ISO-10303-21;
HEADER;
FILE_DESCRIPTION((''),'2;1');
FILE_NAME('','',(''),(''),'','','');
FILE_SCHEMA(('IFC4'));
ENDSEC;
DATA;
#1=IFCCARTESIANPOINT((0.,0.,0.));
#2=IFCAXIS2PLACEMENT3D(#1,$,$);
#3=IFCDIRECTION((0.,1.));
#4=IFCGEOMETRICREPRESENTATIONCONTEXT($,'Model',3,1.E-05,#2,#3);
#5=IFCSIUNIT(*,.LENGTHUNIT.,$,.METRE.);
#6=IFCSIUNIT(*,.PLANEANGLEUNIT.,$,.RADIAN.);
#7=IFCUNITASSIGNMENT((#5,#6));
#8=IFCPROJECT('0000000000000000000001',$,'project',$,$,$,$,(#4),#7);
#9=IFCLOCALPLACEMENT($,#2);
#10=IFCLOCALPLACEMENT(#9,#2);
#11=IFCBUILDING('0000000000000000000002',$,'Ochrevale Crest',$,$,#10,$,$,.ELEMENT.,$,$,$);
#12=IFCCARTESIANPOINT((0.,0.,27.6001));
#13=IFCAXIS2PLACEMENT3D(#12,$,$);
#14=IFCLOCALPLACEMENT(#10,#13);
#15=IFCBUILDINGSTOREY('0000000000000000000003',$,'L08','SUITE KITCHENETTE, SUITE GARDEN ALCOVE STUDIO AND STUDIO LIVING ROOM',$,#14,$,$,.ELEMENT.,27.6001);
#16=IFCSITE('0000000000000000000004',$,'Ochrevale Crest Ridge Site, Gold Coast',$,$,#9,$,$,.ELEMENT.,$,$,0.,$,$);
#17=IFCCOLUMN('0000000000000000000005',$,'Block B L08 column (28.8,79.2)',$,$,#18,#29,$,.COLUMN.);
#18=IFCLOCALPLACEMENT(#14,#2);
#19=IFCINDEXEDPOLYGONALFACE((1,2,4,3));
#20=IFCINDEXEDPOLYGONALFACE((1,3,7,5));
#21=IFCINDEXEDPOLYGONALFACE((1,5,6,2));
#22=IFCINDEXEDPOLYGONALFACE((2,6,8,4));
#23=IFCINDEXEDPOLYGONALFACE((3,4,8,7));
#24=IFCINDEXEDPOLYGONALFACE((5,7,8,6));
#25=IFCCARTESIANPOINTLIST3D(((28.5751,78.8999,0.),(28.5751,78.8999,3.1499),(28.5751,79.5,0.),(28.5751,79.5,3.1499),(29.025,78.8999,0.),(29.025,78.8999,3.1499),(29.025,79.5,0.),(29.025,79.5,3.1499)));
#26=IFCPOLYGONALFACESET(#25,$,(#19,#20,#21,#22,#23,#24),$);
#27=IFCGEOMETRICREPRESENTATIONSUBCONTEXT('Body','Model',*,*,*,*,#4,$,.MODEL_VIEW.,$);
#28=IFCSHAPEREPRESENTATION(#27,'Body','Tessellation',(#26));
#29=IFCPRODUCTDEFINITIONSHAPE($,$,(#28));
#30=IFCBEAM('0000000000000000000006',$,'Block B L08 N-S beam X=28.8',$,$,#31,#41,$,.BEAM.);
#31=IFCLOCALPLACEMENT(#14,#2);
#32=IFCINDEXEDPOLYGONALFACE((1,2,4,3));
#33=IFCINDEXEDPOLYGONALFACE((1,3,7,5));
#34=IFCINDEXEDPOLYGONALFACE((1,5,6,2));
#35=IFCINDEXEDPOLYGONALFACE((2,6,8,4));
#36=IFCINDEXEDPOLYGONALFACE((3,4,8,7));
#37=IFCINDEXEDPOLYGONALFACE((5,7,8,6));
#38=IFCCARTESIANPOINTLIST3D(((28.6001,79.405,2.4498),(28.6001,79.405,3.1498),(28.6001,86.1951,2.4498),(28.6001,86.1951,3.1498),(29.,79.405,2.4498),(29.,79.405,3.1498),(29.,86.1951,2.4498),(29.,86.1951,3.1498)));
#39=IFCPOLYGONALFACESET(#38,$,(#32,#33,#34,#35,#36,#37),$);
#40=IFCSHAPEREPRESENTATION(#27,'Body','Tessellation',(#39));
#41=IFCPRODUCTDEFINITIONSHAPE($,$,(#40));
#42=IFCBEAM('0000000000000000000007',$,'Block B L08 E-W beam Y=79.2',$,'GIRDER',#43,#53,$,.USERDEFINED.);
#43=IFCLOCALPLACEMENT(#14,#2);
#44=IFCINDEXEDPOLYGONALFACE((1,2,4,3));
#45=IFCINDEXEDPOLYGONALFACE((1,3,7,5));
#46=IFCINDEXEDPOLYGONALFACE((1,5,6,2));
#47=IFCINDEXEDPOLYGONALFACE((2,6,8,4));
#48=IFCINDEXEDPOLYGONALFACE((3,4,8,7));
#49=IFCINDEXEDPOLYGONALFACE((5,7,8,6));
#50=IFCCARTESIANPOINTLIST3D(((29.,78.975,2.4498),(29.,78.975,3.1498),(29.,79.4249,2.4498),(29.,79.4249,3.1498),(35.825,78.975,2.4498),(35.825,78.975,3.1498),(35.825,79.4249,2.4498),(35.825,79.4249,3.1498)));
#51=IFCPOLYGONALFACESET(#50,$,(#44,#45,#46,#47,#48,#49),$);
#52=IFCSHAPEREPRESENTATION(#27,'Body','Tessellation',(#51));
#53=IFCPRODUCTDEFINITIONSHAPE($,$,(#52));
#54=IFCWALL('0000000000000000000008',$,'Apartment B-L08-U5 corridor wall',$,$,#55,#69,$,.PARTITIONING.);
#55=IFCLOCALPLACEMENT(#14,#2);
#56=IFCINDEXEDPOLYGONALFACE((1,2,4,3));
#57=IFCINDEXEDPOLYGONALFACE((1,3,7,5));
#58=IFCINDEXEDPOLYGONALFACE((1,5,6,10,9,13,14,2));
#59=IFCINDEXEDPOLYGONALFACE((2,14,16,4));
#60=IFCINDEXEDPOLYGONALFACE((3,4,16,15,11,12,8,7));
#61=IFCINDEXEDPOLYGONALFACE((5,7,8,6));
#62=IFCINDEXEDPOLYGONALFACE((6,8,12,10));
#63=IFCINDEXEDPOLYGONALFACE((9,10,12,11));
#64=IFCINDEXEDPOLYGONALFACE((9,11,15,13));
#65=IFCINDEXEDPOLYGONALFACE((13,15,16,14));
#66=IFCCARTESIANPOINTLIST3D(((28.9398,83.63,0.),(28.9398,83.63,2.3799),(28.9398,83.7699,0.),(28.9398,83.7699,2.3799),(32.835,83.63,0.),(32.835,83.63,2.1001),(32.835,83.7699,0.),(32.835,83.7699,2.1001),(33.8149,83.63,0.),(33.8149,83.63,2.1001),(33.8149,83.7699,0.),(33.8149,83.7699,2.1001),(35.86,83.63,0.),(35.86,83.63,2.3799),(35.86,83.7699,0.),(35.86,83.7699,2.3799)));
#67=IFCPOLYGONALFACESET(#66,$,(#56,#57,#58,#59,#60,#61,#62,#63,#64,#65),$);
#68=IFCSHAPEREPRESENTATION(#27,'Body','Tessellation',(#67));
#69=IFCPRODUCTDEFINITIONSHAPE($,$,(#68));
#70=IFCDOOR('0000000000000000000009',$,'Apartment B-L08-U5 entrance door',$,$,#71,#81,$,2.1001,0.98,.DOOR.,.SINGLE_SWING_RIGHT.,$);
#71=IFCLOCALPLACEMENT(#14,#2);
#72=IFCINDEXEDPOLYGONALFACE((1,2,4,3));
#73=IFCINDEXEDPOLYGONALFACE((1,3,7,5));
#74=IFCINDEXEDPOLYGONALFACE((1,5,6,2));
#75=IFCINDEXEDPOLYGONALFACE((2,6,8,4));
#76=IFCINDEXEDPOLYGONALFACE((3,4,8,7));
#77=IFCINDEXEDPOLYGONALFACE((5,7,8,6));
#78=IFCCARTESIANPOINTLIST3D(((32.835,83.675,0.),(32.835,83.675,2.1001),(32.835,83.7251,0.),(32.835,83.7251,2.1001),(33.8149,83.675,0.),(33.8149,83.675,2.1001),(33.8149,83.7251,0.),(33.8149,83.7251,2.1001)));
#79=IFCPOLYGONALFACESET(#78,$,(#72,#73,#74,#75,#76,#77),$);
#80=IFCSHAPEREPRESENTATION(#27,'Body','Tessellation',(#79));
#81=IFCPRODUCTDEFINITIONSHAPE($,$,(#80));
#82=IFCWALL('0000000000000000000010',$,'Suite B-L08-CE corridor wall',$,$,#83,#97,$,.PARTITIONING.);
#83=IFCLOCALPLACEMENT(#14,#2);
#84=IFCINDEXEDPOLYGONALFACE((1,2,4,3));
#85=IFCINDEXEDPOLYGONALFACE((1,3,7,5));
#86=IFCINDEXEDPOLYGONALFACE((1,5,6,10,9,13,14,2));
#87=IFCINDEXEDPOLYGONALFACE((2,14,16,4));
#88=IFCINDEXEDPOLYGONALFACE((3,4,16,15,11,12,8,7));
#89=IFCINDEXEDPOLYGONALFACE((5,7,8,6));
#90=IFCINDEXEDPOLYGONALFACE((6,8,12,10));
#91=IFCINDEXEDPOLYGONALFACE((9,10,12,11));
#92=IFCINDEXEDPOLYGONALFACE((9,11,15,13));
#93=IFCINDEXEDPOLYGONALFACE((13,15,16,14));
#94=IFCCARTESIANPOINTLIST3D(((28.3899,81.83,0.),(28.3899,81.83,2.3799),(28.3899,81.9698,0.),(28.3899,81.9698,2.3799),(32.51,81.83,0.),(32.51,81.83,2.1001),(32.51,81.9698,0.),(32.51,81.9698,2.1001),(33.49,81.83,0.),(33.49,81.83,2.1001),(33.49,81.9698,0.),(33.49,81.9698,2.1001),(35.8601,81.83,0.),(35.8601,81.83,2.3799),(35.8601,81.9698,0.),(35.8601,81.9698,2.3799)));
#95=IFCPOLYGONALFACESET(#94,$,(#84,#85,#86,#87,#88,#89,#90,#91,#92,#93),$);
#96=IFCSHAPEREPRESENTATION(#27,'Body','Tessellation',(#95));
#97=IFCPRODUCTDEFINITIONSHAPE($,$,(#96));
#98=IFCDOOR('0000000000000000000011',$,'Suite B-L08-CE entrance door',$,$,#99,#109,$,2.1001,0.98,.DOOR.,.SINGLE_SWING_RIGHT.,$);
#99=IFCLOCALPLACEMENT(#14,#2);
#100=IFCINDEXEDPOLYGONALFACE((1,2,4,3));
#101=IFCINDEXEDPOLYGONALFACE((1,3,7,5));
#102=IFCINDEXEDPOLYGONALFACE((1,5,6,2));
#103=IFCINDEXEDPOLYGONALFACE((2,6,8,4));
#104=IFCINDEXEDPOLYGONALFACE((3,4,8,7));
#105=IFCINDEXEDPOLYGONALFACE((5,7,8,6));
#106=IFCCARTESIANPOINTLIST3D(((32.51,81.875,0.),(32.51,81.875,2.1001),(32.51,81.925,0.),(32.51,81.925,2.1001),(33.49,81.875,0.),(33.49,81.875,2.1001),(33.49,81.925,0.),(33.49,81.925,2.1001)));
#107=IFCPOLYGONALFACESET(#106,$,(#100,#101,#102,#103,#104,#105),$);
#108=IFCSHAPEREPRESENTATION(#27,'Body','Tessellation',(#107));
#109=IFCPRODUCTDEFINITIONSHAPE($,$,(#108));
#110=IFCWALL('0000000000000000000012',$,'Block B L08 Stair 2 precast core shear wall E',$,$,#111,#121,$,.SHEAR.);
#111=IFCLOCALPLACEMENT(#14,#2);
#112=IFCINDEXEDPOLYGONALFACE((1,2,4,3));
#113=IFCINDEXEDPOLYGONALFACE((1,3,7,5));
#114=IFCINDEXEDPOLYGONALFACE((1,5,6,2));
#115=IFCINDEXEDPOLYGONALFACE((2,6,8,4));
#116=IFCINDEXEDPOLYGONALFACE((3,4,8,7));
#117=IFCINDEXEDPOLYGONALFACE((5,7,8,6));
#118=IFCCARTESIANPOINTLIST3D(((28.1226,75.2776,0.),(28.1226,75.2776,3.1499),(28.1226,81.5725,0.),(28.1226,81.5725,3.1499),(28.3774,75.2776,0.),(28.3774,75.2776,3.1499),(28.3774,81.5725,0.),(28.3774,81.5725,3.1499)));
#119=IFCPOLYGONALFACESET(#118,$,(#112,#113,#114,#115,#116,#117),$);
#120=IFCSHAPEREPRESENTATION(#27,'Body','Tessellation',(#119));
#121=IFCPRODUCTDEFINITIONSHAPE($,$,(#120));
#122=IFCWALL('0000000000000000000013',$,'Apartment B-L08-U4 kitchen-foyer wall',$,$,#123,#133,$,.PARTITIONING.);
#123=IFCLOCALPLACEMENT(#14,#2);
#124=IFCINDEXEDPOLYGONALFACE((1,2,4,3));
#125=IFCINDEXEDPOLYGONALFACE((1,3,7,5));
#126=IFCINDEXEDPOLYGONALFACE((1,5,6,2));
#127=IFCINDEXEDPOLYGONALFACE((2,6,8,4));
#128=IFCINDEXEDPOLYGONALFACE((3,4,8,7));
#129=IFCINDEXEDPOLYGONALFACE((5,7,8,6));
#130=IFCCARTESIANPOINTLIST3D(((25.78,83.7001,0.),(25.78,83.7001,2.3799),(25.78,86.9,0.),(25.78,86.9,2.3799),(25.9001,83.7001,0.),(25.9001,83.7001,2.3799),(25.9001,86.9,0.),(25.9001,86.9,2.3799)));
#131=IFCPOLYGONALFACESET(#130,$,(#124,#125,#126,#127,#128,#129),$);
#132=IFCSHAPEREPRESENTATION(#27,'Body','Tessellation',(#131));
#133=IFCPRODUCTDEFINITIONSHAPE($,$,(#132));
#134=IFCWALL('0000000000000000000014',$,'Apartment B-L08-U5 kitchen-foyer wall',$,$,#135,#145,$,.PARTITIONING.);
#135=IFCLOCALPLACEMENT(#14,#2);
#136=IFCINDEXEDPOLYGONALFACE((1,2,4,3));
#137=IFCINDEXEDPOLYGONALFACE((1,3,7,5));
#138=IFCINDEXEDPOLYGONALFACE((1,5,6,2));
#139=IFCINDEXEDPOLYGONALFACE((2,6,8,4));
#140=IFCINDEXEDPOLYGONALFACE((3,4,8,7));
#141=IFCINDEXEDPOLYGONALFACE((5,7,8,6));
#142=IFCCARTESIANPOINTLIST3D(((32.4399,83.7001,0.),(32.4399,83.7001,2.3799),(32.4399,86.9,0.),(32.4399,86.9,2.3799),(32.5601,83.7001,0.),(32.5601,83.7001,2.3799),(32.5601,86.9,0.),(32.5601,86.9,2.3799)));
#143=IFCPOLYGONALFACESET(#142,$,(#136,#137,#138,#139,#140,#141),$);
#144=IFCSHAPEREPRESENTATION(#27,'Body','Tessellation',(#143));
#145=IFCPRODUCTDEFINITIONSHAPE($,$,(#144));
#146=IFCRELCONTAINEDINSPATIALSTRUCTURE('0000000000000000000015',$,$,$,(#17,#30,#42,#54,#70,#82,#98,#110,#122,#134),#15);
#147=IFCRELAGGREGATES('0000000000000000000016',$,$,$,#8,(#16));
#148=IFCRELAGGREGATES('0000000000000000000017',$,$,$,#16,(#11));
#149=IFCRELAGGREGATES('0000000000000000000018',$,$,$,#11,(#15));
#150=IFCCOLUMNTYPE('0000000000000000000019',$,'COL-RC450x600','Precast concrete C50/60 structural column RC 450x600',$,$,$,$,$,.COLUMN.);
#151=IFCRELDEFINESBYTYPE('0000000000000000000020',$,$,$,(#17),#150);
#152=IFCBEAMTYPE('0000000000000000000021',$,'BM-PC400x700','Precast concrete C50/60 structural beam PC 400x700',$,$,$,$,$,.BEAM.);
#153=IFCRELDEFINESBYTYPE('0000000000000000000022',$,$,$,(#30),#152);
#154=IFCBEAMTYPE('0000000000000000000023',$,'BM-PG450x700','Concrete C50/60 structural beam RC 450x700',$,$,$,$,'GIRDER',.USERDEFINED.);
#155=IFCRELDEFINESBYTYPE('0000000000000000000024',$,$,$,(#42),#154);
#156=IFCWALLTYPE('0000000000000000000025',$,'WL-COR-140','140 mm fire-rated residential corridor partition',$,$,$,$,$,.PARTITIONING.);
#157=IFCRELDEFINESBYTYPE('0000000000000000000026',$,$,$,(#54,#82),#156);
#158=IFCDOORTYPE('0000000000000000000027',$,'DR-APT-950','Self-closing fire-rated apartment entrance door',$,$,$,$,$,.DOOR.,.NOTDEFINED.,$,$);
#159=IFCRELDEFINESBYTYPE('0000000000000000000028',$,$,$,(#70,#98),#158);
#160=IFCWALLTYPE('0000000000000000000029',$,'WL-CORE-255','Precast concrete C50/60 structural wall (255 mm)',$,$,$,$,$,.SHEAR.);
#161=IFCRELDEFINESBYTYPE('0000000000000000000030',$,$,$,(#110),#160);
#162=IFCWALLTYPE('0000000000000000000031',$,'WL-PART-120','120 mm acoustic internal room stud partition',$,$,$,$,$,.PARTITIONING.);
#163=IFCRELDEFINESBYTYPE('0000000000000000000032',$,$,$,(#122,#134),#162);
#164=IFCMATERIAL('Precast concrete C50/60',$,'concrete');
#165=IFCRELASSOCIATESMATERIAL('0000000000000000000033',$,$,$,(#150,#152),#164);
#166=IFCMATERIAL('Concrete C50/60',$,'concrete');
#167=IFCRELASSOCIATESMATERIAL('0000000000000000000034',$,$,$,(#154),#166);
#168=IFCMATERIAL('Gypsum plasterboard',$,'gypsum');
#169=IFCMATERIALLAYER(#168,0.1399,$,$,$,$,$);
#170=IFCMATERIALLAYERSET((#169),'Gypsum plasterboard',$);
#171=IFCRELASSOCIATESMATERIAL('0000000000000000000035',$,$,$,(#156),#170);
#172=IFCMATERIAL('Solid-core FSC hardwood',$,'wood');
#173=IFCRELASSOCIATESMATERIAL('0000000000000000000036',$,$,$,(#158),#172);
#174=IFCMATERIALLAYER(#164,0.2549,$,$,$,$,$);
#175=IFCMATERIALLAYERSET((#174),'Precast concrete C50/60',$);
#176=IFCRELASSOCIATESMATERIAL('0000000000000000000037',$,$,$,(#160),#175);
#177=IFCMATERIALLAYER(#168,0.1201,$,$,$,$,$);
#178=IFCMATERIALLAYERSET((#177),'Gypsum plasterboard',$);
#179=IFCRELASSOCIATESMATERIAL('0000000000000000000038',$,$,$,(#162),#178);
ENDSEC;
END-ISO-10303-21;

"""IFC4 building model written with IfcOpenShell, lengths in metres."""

from ifc_helpers import new_model, si_unit, direction, frame, frame_2d, origin, origin_2d, place, context, subcontext, project, spatial, rectangle, extrude, material, layer, layer_set, material_profile, profile_set, type_object, element, fill, save


model = new_model("IFC4")

# Units and contexts
model_context = context("Model", 3, precision=1e-05, world=origin(), true_north=direction((0.0, 1.0)))
body_context = subcontext(model_context, "Body", "Model", "MODEL_VIEW")
ifc_project = project(units=[si_unit("LENGTHUNIT", "METRE"), si_unit("PLANEANGLEUNIT", "RADIAN")], contexts=[model_context])

# Site, building, storey
site_placement = place(None, origin())
site = spatial("IfcSite", under=ifc_project, at=site_placement, Name="Ochrevale Crest Ridge Site, Gold Coast", CompositionType="ELEMENT", RefElevation=0.0)
building_placement = place(site_placement, origin())
building = spatial("IfcBuilding", under=site, at=building_placement, Name="Ochrevale Crest", CompositionType="ELEMENT")
storey_placement = place(building_placement, frame((0.0, 0.0, 27.6001)))
storey = spatial("IfcBuildingStorey", under=building, at=storey_placement, Name="L08", Description="SUITE KITCHENETTE, SUITE GARDEN ALCOVE STUDIO AND STUDIO LIVING ROOM", CompositionType="ELEMENT", Elevation=27.6001)

# Column
ifc_material_1 = material(Name="Precast concrete C50/60", Category="concrete")
ifc_material_profile_1 = material_profile(ifc_material_1, rectangle(XDim=0.45, YDim=0.6001, at=origin_2d()), Name="RC 450x600")
ifc_profile_set_1 = profile_set([ifc_material_profile_1], Name="Precast concrete C50/60")
column_type = type_object("IfcColumnType", Name="COL-RC450x600", Description="Precast concrete C50/60 structural column RC 450x600", PredefinedType="COLUMN", material=ifc_profile_set_1)
column_placement = place(storey_placement, frame((28.8, 79.2, 0.0), z_axis=(0.0, 0.0, 1.0), x_axis=(1.0, 0.0, 0.0)))
element("IfcColumn", 1, at=column_placement, inside=storey, type_object=column_type, Name="Block B L08 column (28.8,79.2)", PredefinedType="COLUMN", context=body_context, shape_type="SweptSolid", body=[
    extrude(rectangle(XDim=0.45, YDim=0.6001, at=origin_2d()), origin(), (0.0, 0.0, 1.0), 3.1499),
])

# Beams
ifc_material_profile_2 = material_profile(ifc_material_1, rectangle(XDim=0.3999, YDim=0.7, at=origin_2d()), Name="PC 400x700")
ifc_profile_set_2 = profile_set([ifc_material_profile_2], Name="Precast concrete C50/60")
beam_type_1 = type_object("IfcBeamType", Name="BM-PC400x700", Description="Precast concrete C50/60 structural beam PC 400x700", PredefinedType="BEAM", material=ifc_profile_set_2)
beam_1_placement = place(storey_placement, frame((28.8, 79.405, 2.7998), z_axis=(0.0, 1.0, 0.0), x_axis=(-1.0, 0.0, 0.0)))
element("IfcBeam", 2, at=beam_1_placement, inside=storey, type_object=beam_type_1, Name="Block B L08 N-S beam X=28.8", PredefinedType="BEAM", context=body_context, shape_type="SweptSolid", body=[
    extrude(rectangle(XDim=0.3999, YDim=0.7, at=origin_2d()), origin(), (0.0, 0.0, 1.0), 6.79),
])
ifc_material_2 = material(Name="Concrete C50/60", Category="concrete")
ifc_material_profile_3 = material_profile(ifc_material_2, rectangle(XDim=0.45, YDim=0.7, at=origin_2d()), Name="RC 450x700")
ifc_profile_set_3 = profile_set([ifc_material_profile_3], Name="Concrete C50/60")
beam_type_2 = type_object("IfcBeamType", Name="BM-PG450x700", Description="Concrete C50/60 structural beam RC 450x700", ElementType="GIRDER", PredefinedType="USERDEFINED", material=ifc_profile_set_3)
beam_2_placement = place(storey_placement, frame((29.0, 79.2, 2.7998), z_axis=(1.0, 0.0, 0.0), x_axis=(0.0, 1.0, 0.0)))
element("IfcBeam", 3, at=beam_2_placement, inside=storey, type_object=beam_type_2, Name="Block B L08 E-W beam Y=79.2", ObjectType="GIRDER", PredefinedType="USERDEFINED", context=body_context, shape_type="SweptSolid", body=[
    extrude(rectangle(XDim=0.45, YDim=0.7, at=origin_2d()), origin(), (0.0, 0.0, 1.0), 6.825),
])

# Walls, openings, doors
ifc_material_3 = material(Name="Gypsum plasterboard", Category="gypsum")
ifc_layer_1 = layer(ifc_material_3, 0.1399)
ifc_layer_set_1 = layer_set([ifc_layer_1], Name="Gypsum plasterboard")
wall_type_1 = type_object("IfcWallType", Name="WL-COR-140", Description="140 mm fire-rated residential corridor partition", PredefinedType="PARTITIONING", material=ifc_layer_set_1)
wall_1_placement = place(storey_placement, frame((28.9399, 83.7, 0.0), z_axis=(0.0, 0.0, 1.0), x_axis=(1.0, 0.0, 0.0)))
wall_1 = element("IfcWall", 4, at=wall_1_placement, inside=storey, type_object=wall_type_1, Name="Apartment B-L08-U5 corridor wall", PredefinedType="PARTITIONING", context=body_context, shape_type="SweptSolid", body=[
    extrude(rectangle(XDim=6.9202, YDim=0.1399, at=frame_2d((3.46, 0.0))), origin(), (0.0, 0.0, 1.0), 2.3799),
])
opening_1_placement = place(wall_1_placement, frame((4.875, 0.0, 0.0), z_axis=(0.0, 0.0, 1.0), x_axis=(-1.0, 0.0, 0.0)))
opening_1 = element("IfcOpeningElement", 5, at=opening_1_placement, cuts=wall_1, PredefinedType="OPENING", context=body_context, shape_type="SweptSolid", body=[
    extrude(rectangle(XDim=0.98, YDim=2.1001, at=frame_2d((0.49, 1.05))), frame((0.0, 0.0801, 0.0), z_axis=(0.0, -1.0, 0.0), x_axis=(1.0, 0.0, 0.0)), (0.0, 0.0, 1.0), 0.1599),
])
ifc_material_4 = material(Name="Solid-core FSC hardwood", Category="wood")
door_type_1 = type_object("IfcDoorType", Name="DR-APT-950", Description="Self-closing fire-rated apartment entrance door", OperationType="NOTDEFINED", PredefinedType="DOOR", material=ifc_material_4)
door_1_placement = place(opening_1_placement, origin())
door_1 = element("IfcDoor", 6, at=door_1_placement, inside=storey, type_object=door_type_1, Name="Apartment B-L08-U5 entrance door", OperationType="SINGLE_SWING_RIGHT", OverallHeight=2.1001, OverallWidth=0.98, PredefinedType="DOOR", context=body_context, shape_type="SweptSolid", body=[
    extrude(rectangle(XDim=0.98, YDim=2.1001, at=frame_2d((0.49, 1.05))), frame((0.0, 0.0249, 0.0), z_axis=(0.0, -1.0, 0.0), x_axis=(1.0, 0.0, 0.0)), (0.0, 0.0, 1.0), 0.05),
])
fill(opening_1, door_1)
wall_2_placement = place(storey_placement, frame((28.3899, 81.8999, 0.0), z_axis=(0.0, 0.0, 1.0), x_axis=(1.0, 0.0, 0.0)))
wall_2 = element("IfcWall", 7, at=wall_2_placement, inside=storey, type_object=wall_type_1, Name="Suite B-L08-CE corridor wall", PredefinedType="PARTITIONING", context=body_context, shape_type="SweptSolid", body=[
    extrude(rectangle(XDim=7.4702, YDim=0.1399, at=frame_2d((3.7351, 0.0))), origin(), (0.0, 0.0, 1.0), 2.3799),
])
opening_2_placement = place(wall_2_placement, frame((5.1001, 0.0, 0.0), z_axis=(0.0, 0.0, 1.0), x_axis=(-1.0, 0.0, 0.0)))
opening_2 = element("IfcOpeningElement", 8, at=opening_2_placement, cuts=wall_2, PredefinedType="OPENING", context=body_context, shape_type="SweptSolid", body=[
    extrude(rectangle(XDim=0.98, YDim=2.1001, at=frame_2d((0.49, 1.05))), frame((0.0, 0.0801, 0.0), z_axis=(0.0, -1.0, 0.0), x_axis=(1.0, 0.0, 0.0)), (0.0, 0.0, 1.0), 0.1599),
])
door_2_placement = place(opening_2_placement, origin())
door_2 = element("IfcDoor", 9, at=door_2_placement, inside=storey, type_object=door_type_1, Name="Suite B-L08-CE entrance door", OperationType="SINGLE_SWING_RIGHT", OverallHeight=2.1001, OverallWidth=0.98, PredefinedType="DOOR", context=body_context, shape_type="SweptSolid", body=[
    extrude(rectangle(XDim=0.98, YDim=2.1001, at=frame_2d((0.49, 1.05))), frame((0.0, 0.0249, 0.0), z_axis=(0.0, -1.0, 0.0), x_axis=(1.0, 0.0, 0.0)), (0.0, 0.0, 1.0), 0.05),
])
fill(opening_2, door_2)

# Walls
ifc_layer_2 = layer(ifc_material_1, 0.2549)
ifc_layer_set_2 = layer_set([ifc_layer_2], Name="Precast concrete C50/60")
wall_type_2 = type_object("IfcWallType", Name="WL-CORE-255", Description="Precast concrete C50/60 structural wall (255 mm)", PredefinedType="SHEAR", material=ifc_layer_set_2)
wall_3_placement = place(storey_placement, frame((28.25, 75.2776, 0.0), z_axis=(0.0, 0.0, 1.0), x_axis=(0.0, 1.0, 0.0)))
element("IfcWall", 10, at=wall_3_placement, inside=storey, type_object=wall_type_2, Name="Block B L08 Stair 2 precast core shear wall E", PredefinedType="SHEAR", context=body_context, shape_type="SweptSolid", body=[
    extrude(rectangle(XDim=6.2949, YDim=0.2549, at=frame_2d((3.1475, 0.0))), origin(), (0.0, 0.0, 1.0), 3.1499),
])
ifc_layer_3 = layer(ifc_material_3, 0.1201)
ifc_layer_set_3 = layer_set([ifc_layer_3], Name="Gypsum plasterboard")
wall_type_3 = type_object("IfcWallType", Name="WL-PART-120", Description="120 mm acoustic internal room stud partition", PredefinedType="PARTITIONING", material=ifc_layer_set_3)
for number, where, z_axis, x_axis, name in (
    (11, (25.8401, 83.7, 0.0), (0.0, 0.0, 1.0), (0.0, 1.0, 0.0), "Apartment B-L08-U4 kitchen-foyer wall"),
    (12, (32.5, 83.7, 0.0), (0.0, 0.0, 1.0), (0.0, 1.0, 0.0), "Apartment B-L08-U5 kitchen-foyer wall"),
):
    element("IfcWall", number, at=place(storey_placement, frame(where, z_axis=z_axis, x_axis=x_axis)), inside=storey, type_object=wall_type_3, Name=name, PredefinedType="PARTITIONING", context=body_context, shape_type="SweptSolid", body=[
        extrude(rectangle(XDim=3.2, YDim=0.1201, at=frame_2d((1.6001, 0.0))), origin(), (0.0, 0.0, 1.0), 2.3799),
    ])

save(model, "model.ifc")
